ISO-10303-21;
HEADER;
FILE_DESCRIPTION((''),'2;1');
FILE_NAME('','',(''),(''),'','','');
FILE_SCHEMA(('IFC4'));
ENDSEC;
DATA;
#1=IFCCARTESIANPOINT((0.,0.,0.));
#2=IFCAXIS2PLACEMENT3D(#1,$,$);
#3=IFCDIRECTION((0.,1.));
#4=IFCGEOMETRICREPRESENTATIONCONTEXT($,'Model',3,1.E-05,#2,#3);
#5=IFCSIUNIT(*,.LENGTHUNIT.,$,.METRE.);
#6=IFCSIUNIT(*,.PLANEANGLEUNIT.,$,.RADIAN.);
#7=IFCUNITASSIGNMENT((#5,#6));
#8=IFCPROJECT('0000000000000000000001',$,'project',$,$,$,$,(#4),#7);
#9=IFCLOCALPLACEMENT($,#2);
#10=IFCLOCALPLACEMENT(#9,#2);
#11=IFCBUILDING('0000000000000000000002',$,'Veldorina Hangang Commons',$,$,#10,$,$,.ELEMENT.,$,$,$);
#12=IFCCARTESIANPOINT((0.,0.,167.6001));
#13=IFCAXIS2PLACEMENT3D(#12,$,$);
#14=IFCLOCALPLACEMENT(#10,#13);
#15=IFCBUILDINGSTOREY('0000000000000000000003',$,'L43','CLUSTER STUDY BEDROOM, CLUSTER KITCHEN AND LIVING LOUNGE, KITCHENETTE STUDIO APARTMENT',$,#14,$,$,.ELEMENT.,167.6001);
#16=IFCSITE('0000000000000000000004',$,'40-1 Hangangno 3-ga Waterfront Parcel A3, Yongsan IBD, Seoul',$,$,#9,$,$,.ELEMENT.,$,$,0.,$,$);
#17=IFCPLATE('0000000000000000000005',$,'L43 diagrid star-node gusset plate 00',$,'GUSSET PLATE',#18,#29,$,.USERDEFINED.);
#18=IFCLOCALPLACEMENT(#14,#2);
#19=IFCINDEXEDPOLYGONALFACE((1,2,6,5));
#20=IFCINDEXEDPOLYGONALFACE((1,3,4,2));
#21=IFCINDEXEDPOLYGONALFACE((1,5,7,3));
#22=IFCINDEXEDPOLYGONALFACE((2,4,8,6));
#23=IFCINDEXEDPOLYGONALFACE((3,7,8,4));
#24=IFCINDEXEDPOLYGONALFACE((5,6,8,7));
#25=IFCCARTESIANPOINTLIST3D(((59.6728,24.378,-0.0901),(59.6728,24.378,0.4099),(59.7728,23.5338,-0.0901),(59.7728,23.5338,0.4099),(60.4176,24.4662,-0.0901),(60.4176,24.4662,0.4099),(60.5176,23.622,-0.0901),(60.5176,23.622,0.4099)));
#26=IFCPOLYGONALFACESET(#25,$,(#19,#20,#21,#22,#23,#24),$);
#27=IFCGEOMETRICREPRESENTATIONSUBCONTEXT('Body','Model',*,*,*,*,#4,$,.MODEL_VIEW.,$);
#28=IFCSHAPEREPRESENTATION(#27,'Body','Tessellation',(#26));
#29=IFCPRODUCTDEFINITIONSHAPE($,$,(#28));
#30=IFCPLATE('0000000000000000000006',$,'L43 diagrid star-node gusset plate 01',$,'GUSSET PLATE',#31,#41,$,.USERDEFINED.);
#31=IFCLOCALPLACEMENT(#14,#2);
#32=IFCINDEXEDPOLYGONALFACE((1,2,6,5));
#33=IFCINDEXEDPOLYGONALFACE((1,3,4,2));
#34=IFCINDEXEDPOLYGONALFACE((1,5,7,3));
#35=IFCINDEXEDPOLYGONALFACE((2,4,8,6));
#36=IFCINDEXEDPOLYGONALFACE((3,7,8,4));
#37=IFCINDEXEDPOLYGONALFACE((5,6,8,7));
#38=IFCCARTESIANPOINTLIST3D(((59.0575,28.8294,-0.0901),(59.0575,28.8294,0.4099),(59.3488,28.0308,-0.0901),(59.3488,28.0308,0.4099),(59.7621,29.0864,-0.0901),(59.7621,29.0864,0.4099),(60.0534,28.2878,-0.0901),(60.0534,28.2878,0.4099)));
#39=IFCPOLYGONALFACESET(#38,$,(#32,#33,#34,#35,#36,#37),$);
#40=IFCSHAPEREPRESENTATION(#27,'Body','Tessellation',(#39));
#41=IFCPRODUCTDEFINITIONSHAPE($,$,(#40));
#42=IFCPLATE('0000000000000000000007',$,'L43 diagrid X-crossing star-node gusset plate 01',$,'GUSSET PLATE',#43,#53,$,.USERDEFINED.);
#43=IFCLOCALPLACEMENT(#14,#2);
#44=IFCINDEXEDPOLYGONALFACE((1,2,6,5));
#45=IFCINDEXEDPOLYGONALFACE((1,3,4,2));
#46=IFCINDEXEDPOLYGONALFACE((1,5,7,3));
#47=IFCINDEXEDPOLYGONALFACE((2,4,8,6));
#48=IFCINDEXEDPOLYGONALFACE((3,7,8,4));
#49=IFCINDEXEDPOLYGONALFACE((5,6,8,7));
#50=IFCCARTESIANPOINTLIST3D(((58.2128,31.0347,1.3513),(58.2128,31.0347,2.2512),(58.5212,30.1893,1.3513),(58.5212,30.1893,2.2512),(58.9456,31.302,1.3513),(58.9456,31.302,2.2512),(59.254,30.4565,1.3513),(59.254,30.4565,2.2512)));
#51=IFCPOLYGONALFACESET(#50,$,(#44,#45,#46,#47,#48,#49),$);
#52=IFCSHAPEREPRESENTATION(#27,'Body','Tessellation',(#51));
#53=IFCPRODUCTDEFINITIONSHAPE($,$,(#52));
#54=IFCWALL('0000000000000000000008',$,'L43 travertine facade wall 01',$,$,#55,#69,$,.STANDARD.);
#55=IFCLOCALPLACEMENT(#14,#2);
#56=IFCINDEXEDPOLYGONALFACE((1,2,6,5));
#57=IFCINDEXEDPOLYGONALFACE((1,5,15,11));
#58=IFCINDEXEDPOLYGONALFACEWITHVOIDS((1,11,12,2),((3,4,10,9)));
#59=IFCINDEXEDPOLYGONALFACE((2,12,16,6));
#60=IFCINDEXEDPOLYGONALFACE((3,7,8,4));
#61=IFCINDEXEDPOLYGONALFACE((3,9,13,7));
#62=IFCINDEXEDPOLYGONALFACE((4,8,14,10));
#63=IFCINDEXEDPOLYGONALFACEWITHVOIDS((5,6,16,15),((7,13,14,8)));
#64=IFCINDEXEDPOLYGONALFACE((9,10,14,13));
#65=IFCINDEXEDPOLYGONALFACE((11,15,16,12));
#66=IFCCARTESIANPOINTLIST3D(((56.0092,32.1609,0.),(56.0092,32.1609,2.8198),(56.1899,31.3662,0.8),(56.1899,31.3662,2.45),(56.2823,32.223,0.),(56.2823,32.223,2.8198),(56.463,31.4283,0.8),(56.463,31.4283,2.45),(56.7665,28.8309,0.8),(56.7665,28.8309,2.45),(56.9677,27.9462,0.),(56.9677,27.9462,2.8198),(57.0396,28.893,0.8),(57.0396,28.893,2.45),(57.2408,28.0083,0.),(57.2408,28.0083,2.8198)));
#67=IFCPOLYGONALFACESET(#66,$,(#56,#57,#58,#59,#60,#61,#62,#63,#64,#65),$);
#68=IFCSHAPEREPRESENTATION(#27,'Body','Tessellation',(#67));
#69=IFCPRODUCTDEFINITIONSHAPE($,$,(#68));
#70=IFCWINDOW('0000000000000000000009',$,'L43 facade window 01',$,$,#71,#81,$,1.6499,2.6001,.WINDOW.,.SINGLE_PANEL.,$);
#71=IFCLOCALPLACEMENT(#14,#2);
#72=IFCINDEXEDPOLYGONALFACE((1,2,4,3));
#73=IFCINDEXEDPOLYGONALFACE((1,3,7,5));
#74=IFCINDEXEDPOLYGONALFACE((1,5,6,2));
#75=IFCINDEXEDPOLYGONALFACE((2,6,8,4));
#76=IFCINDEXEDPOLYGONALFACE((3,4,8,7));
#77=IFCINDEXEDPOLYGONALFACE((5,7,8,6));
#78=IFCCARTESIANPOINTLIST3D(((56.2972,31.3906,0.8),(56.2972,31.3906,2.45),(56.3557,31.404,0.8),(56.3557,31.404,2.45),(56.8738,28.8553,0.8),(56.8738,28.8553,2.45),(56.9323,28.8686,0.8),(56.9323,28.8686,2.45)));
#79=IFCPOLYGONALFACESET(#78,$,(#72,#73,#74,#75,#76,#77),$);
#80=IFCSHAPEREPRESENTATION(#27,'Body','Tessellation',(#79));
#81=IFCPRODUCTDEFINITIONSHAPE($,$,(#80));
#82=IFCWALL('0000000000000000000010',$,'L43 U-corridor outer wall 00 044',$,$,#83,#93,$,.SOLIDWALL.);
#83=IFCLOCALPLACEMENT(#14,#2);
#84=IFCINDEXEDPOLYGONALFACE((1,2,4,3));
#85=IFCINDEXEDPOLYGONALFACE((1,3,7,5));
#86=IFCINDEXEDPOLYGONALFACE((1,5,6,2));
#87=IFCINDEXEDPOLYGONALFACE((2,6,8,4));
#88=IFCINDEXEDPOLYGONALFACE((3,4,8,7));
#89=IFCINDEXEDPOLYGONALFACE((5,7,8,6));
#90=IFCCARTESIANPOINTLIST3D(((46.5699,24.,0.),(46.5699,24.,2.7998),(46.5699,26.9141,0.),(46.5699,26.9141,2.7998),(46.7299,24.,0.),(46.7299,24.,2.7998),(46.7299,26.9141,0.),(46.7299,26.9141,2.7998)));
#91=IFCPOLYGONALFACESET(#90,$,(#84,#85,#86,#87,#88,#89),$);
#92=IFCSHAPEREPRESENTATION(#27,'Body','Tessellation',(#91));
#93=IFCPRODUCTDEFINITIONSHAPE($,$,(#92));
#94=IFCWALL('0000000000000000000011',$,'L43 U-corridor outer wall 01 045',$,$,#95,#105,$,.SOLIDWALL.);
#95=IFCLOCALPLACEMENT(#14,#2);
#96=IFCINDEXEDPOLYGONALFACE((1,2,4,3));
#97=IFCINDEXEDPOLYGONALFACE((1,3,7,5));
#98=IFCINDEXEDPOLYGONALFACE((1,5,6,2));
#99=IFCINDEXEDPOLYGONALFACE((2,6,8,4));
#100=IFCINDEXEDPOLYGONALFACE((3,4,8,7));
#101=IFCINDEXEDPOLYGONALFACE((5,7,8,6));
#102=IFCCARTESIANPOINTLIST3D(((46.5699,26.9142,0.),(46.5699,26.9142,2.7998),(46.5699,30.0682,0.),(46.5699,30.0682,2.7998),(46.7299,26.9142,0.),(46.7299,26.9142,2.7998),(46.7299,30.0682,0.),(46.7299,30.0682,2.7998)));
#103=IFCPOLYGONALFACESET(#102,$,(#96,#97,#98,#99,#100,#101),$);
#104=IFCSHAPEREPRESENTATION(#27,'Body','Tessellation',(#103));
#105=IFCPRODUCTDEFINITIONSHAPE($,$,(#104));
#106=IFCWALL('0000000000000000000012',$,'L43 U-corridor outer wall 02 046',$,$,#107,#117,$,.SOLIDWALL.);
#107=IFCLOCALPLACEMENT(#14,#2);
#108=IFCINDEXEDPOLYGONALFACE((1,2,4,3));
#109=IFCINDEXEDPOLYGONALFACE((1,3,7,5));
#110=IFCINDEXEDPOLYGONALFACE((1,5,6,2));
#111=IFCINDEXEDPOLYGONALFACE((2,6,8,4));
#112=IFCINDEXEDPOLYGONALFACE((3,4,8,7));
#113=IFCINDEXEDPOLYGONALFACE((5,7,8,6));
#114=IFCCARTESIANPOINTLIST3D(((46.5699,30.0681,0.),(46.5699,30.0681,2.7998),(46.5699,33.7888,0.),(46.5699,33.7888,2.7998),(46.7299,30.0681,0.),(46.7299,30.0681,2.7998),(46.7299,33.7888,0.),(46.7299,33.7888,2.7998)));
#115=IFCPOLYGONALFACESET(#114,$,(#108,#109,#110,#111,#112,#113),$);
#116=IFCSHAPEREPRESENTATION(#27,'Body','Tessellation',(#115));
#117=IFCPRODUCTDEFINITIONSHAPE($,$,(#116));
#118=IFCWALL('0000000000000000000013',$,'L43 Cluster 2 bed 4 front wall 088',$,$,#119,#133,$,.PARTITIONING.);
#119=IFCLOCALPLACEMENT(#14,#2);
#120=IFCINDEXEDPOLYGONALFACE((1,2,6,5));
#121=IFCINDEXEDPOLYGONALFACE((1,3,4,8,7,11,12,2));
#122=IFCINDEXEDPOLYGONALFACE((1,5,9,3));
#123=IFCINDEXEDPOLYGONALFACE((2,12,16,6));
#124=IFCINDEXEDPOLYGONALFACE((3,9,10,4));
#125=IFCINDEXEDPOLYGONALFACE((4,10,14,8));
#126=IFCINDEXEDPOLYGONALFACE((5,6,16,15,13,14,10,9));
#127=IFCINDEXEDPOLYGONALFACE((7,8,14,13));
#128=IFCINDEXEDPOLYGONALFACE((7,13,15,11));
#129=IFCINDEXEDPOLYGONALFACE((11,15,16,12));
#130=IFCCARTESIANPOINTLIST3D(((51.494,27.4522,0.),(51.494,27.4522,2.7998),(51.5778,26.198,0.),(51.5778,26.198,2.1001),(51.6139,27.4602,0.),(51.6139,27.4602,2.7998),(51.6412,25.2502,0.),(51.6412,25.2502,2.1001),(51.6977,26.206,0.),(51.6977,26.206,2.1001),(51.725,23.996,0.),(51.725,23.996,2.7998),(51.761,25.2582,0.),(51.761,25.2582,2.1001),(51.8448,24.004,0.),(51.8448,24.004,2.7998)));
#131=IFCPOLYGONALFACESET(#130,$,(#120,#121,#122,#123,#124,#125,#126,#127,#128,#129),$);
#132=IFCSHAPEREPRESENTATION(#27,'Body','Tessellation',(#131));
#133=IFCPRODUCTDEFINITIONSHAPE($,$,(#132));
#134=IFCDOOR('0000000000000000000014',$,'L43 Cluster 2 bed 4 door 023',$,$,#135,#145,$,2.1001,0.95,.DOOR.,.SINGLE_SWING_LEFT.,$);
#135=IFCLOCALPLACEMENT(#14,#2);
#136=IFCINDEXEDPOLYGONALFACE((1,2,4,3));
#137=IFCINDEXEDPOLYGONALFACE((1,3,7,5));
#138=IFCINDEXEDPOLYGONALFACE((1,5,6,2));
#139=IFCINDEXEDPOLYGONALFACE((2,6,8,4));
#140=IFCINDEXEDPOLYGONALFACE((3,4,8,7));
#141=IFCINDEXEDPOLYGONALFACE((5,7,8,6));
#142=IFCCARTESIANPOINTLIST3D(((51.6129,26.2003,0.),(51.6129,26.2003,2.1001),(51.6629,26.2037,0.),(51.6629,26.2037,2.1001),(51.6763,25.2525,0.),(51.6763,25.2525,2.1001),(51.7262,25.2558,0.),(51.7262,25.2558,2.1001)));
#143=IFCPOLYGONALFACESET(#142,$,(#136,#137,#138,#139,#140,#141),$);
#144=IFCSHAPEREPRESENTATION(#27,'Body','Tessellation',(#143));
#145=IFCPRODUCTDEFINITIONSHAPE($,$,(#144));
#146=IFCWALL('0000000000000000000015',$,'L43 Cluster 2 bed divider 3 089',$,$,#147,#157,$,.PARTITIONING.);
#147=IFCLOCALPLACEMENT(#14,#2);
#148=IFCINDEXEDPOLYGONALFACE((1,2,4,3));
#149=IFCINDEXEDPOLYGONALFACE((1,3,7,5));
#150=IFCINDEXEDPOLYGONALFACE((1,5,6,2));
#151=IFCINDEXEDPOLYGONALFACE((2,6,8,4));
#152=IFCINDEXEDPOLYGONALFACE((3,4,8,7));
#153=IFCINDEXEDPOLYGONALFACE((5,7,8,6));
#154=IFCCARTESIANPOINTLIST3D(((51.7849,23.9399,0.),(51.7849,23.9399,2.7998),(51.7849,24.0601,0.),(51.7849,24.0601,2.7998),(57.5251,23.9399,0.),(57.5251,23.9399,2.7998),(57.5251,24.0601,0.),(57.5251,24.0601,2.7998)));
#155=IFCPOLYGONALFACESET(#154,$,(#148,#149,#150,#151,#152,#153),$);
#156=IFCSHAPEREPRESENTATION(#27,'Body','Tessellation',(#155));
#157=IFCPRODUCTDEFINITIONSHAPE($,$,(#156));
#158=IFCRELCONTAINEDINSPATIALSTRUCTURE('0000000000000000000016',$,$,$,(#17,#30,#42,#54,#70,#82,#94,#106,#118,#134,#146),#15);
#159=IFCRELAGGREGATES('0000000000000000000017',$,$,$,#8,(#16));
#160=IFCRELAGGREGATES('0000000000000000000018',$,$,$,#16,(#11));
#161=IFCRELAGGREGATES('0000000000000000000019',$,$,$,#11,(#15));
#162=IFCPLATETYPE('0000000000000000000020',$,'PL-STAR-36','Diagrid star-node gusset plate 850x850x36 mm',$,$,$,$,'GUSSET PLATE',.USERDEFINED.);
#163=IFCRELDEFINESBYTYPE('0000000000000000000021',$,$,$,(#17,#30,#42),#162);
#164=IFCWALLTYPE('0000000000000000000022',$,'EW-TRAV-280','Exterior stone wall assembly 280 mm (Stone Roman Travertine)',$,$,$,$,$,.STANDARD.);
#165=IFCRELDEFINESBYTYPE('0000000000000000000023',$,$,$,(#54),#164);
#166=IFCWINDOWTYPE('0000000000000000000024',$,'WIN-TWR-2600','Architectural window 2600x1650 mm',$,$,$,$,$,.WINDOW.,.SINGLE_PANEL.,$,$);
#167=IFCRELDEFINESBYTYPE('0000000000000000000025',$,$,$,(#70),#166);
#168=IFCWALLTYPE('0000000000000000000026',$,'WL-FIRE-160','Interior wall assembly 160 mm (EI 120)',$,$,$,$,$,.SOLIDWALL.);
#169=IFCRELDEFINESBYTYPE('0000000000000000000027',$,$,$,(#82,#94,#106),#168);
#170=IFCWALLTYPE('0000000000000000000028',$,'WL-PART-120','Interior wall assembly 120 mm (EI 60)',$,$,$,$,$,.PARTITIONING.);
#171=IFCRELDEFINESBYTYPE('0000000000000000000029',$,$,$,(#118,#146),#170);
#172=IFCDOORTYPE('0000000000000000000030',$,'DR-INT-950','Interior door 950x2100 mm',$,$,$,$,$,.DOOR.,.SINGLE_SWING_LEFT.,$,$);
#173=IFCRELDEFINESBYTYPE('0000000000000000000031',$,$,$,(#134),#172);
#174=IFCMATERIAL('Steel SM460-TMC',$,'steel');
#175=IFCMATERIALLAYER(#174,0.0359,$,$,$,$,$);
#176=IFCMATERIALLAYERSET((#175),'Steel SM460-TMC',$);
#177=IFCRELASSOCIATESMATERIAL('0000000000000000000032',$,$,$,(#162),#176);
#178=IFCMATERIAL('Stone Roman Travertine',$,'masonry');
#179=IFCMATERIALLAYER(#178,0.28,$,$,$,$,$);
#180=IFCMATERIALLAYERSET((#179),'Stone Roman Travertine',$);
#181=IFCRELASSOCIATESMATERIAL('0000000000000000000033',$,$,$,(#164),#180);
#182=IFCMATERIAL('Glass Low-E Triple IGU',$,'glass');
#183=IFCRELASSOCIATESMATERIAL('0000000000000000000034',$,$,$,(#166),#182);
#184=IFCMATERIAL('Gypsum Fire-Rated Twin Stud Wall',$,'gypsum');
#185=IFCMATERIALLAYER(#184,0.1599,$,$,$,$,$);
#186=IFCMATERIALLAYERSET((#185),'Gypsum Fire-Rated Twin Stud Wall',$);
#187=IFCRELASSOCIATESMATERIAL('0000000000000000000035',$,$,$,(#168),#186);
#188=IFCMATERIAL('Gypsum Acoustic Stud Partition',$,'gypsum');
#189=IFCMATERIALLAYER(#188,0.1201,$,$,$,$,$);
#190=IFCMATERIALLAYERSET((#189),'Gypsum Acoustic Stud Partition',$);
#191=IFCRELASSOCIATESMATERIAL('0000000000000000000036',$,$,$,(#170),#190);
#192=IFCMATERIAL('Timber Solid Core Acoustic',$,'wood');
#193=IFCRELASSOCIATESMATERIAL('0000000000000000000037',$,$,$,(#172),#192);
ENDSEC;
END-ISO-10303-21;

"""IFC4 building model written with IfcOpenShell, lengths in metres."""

from ifc_helpers import new_model, si_unit, direction, frame, frame_2d, origin, origin_2d, place, context, subcontext, project, spatial, rectangle, extrude, material, layer, layer_set, type_object, element, fill, save


model = new_model("IFC4")

# Units and contexts
model_context = context("Model", 3, precision=1e-05, world=origin(), true_north=direction((0.0, 1.0)))
body_context = subcontext(model_context, "Body", "Model", "MODEL_VIEW")
ifc_project = project(units=[si_unit("LENGTHUNIT", "METRE"), si_unit("PLANEANGLEUNIT", "RADIAN")], contexts=[model_context])

# Site, building, storey
site_placement = place(None, origin())
site = spatial("IfcSite", under=ifc_project, at=site_placement, Name="40-1 Hangangno 3-ga Waterfront Parcel A3, Yongsan IBD, Seoul", CompositionType="ELEMENT", RefElevation=0.0)
building_placement = place(site_placement, origin())
building = spatial("IfcBuilding", under=site, at=building_placement, Name="Veldorina Hangang Commons", CompositionType="ELEMENT")
storey_placement = place(building_placement, frame((0.0, 0.0, 167.6001)))
storey = spatial("IfcBuildingStorey", under=building, at=storey_placement, Name="L43", Description="CLUSTER STUDY BEDROOM, CLUSTER KITCHEN AND LIVING LOUNGE, KITCHENETTE STUDIO APARTMENT", CompositionType="ELEMENT", Elevation=167.6001)

# Shared definitions
ifc_material_1 = material(Name="Glass Low-E Triple IGU", Category="glass")

# Plates
ifc_material_2 = material(Name="Steel SM460-TMC", Category="steel")
ifc_layer_1 = layer(ifc_material_2, 0.0359)
ifc_layer_set_1 = layer_set([ifc_layer_1], Name="Steel SM460-TMC")
plate_type_1 = type_object("IfcPlateType", Name="PL-STAR-36", Description="Diagrid star-node gusset plate 850x850x36 mm", ElementType="GUSSET PLATE", PredefinedType="USERDEFINED", material=ifc_layer_set_1)
for number, where, z_axis, x_axis, name in (
    (1, (60.0952, 24.0, -0.0901), (0.0, 0.0, 1.0), (-0.117589, 0.993062, 0.0), "L43 diagrid star-node gusset plate 00"),
    (2, (59.5554, 28.5586, -0.0901), (0.0, 0.0, 1.0), (-0.34266, 0.93946, 0.0), "L43 diagrid star-node gusset plate 01"),
):
    element("IfcPlate", number, at=place(storey_placement, frame(where, z_axis=z_axis, x_axis=x_axis)), inside=storey, type_object=plate_type_1, Name=name, ObjectType="GUSSET PLATE", PredefinedType="USERDEFINED", context=body_context, shape_type="SweptSolid", body=[
        extrude(rectangle(XDim=0.8501, YDim=0.75, at=origin_2d()), origin(), (0.0, 0.0, 1.0), 0.5),
    ])
plate_1_placement = place(storey_placement, frame((58.7334, 30.7456, 1.3513), z_axis=(0.0, 0.0, 1.0), x_axis=(-0.34266, 0.93946, 0.0)))
element("IfcPlate", 3, at=plate_1_placement, inside=storey, type_object=plate_type_1, Name="L43 diagrid X-crossing star-node gusset plate 01", ObjectType="GUSSET PLATE", PredefinedType="USERDEFINED", context=body_context, shape_type="SweptSolid", body=[
    extrude(rectangle(XDim=0.8999, YDim=0.78, at=origin_2d()), origin(), (0.0, 0.0, 1.0), 0.8999),
])

# Wall, opening, window
ifc_material_3 = material(Name="Stone Roman Travertine", Category="masonry")
ifc_layer_2 = layer(ifc_material_3, 0.28)
ifc_layer_set_2 = layer_set([ifc_layer_2], Name="Stone Roman Travertine")
wall_type_1 = type_object("IfcWallType", Name="EW-TRAV-280", Description="Exterior stone wall assembly 280 mm (Stone Roman Travertine)", PredefinedType="STANDARD", material=ifc_layer_set_2)
wall_1_placement = place(storey_placement, frame((57.1042, 27.9773, 0.0), z_axis=(0.0, 0.0, 1.0), x_axis=(-0.22176, 0.975101, 0.0)))
wall_1 = element("IfcWall", 4, at=wall_1_placement, inside=storey, type_object=wall_type_1, Name="L43 travertine facade wall 01", PredefinedType="STANDARD", context=body_context, shape_type="SweptSolid", body=[
    extrude(rectangle(XDim=4.3223, YDim=0.28, at=frame_2d((2.1611, 0.0))), origin(), (0.0, 0.0, 1.0), 2.8198),
])
opening_1_placement = place(wall_1_placement, frame((0.9072, 0.0, 0.8)))
opening_1 = element("IfcOpeningElement", 5, at=opening_1_placement, cuts=wall_1, PredefinedType="OPENING", context=body_context, shape_type="SweptSolid", body=[
    extrude(rectangle(XDim=2.6001, YDim=1.6499, at=frame_2d((1.3, 0.825))), frame((0.0, 0.1499, 0.0), z_axis=(0.0, -1.0, 0.0), x_axis=(1.0, 0.0, 0.0)), (0.0, 0.0, 1.0), 0.3),
])
window_type = type_object("IfcWindowType", Name="WIN-TWR-2600", Description="Architectural window 2600x1650 mm", PartitioningType="SINGLE_PANEL", PredefinedType="WINDOW", material=ifc_material_1)
window_placement = place(opening_1_placement, origin())
window = element("IfcWindow", 6, at=window_placement, inside=storey, type_object=window_type, Name="L43 facade window 01", OverallHeight=1.6499, OverallWidth=2.6001, PartitioningType="SINGLE_PANEL", PredefinedType="WINDOW", context=body_context, shape_type="SweptSolid", body=[
    extrude(rectangle(XDim=2.6001, YDim=1.6499, at=frame_2d((1.3, 0.825))), frame((0.0, 0.03, 0.0), z_axis=(0.0, -1.0, 0.0), x_axis=(1.0, 0.0, 0.0)), (0.0, 0.0, 1.0), 0.0601),
])
fill(opening_1, window)

# Walls
ifc_material_4 = material(Name="Gypsum Fire-Rated Twin Stud Wall", Category="gypsum")
ifc_layer_3 = layer(ifc_material_4, 0.1599)
ifc_layer_set_3 = layer_set([ifc_layer_3], Name="Gypsum Fire-Rated Twin Stud Wall")
wall_type_2 = type_object("IfcWallType", Name="WL-FIRE-160", Description="Interior wall assembly 160 mm (EI 120)", PredefinedType="SOLIDWALL", material=ifc_layer_set_3)
wall_2_placement = place(storey_placement, frame((46.6499, 24.0, 0.0), z_axis=(0.0, 0.0, 1.0), x_axis=(0.0, 1.0, 0.0)))
element("IfcWall", 7, at=wall_2_placement, inside=storey, type_object=wall_type_2, Name="L43 U-corridor outer wall 00 044", PredefinedType="SOLIDWALL", context=body_context, shape_type="SweptSolid", body=[
    extrude(rectangle(XDim=2.9141, YDim=0.1599, at=frame_2d((1.457, 0.0))), origin(), (0.0, 0.0, 1.0), 2.7998),
])
wall_3_placement = place(storey_placement, frame((46.6499, 26.9141, 0.0), z_axis=(0.0, 0.0, 1.0), x_axis=(0.0, 1.0, 0.0)))
element("IfcWall", 8, at=wall_3_placement, inside=storey, type_object=wall_type_2, Name="L43 U-corridor outer wall 01 045", PredefinedType="SOLIDWALL", context=body_context, shape_type="SweptSolid", body=[
    extrude(rectangle(XDim=3.1541, YDim=0.1599, at=frame_2d((1.5771, 0.0))), origin(), (0.0, 0.0, 1.0), 2.7998),
])
wall_4_placement = place(storey_placement, frame((46.6499, 30.0681, 0.0), z_axis=(0.0, 0.0, 1.0), x_axis=(0.0, 1.0, 0.0)))
element("IfcWall", 9, at=wall_4_placement, inside=storey, type_object=wall_type_2, Name="L43 U-corridor outer wall 02 046", PredefinedType="SOLIDWALL", context=body_context, shape_type="SweptSolid", body=[
    extrude(rectangle(XDim=3.7207, YDim=0.1599, at=frame_2d((1.8604, 0.0))), origin(), (0.0, 0.0, 1.0), 2.7998),
])

# Wall, opening, door
ifc_material_5 = material(Name="Gypsum Acoustic Stud Partition", Category="gypsum")
ifc_layer_4 = layer(ifc_material_5, 0.1201)
ifc_layer_set_4 = layer_set([ifc_layer_4], Name="Gypsum Acoustic Stud Partition")
wall_type_3 = type_object("IfcWallType", Name="WL-PART-120", Description="Interior wall assembly 120 mm (EI 60)", PredefinedType="PARTITIONING", material=ifc_layer_set_4)
wall_5_placement = place(storey_placement, frame((51.7849, 24.0, 0.0), z_axis=(0.0, 0.0, 1.0), x_axis=(-0.066678, 0.997775, 0.0)))
wall_5 = element("IfcWall", 10, at=wall_5_placement, inside=storey, type_object=wall_type_3, Name="L43 Cluster 2 bed 4 front wall 088", PredefinedType="PARTITIONING", context=body_context, shape_type="SweptSolid", body=[
    extrude(rectangle(XDim=3.4639, YDim=0.1201, at=frame_2d((1.7319, 0.0))), origin(), (0.0, 0.0, 1.0), 2.7998),
])
opening_2_placement = place(wall_5_placement, frame((1.2568, 0.0, 0.0)))
opening_2 = element("IfcOpeningElement", 11, at=opening_2_placement, cuts=wall_5, PredefinedType="OPENING", context=body_context, shape_type="SweptSolid", body=[
    extrude(rectangle(XDim=0.95, YDim=2.1001, at=frame_2d((0.4751, 1.05))), frame((0.0, 0.0701, 0.0), z_axis=(0.0, -1.0, 0.0), x_axis=(1.0, 0.0, 0.0)), (0.0, 0.0, 1.0), 0.1401),
])
ifc_material_6 = material(Name="Timber Solid Core Acoustic", Category="wood")
door_type = type_object("IfcDoorType", Name="DR-INT-950", Description="Interior door 950x2100 mm", OperationType="SINGLE_SWING_LEFT", PredefinedType="DOOR", material=ifc_material_6)
door_1_placement = place(opening_2_placement, origin())
door_1 = element("IfcDoor", 12, at=door_1_placement, inside=storey, type_object=door_type, Name="L43 Cluster 2 bed 4 door 023", OperationType="SINGLE_SWING_LEFT", OverallHeight=2.1001, OverallWidth=0.95, PredefinedType="DOOR", context=body_context, shape_type="SweptSolid", body=[
    extrude(rectangle(XDim=0.95, YDim=2.1001, at=frame_2d((0.4751, 1.05))), frame((0.0, 0.0249, 0.0), z_axis=(0.0, -1.0, 0.0), x_axis=(1.0, 0.0, 0.0)), (0.0, 0.0, 1.0), 0.05),
])
fill(opening_2, door_1)

# Wall
wall_6_placement = place(storey_placement, frame((51.7849, 24.0, 0.0), z_axis=(0.0, 0.0, 1.0), x_axis=(1.0, 0.0, 0.0)))
element("IfcWall", 13, at=wall_6_placement, inside=storey, type_object=wall_type_3, Name="L43 Cluster 2 bed divider 3 089", PredefinedType="PARTITIONING", context=body_context, shape_type="SweptSolid", body=[
    extrude(rectangle(XDim=5.7402, YDim=0.1201, at=frame_2d((2.8701, 0.0))), origin(), (0.0, 0.0, 1.0), 2.7998),
])

save(model, "model.ifc")
